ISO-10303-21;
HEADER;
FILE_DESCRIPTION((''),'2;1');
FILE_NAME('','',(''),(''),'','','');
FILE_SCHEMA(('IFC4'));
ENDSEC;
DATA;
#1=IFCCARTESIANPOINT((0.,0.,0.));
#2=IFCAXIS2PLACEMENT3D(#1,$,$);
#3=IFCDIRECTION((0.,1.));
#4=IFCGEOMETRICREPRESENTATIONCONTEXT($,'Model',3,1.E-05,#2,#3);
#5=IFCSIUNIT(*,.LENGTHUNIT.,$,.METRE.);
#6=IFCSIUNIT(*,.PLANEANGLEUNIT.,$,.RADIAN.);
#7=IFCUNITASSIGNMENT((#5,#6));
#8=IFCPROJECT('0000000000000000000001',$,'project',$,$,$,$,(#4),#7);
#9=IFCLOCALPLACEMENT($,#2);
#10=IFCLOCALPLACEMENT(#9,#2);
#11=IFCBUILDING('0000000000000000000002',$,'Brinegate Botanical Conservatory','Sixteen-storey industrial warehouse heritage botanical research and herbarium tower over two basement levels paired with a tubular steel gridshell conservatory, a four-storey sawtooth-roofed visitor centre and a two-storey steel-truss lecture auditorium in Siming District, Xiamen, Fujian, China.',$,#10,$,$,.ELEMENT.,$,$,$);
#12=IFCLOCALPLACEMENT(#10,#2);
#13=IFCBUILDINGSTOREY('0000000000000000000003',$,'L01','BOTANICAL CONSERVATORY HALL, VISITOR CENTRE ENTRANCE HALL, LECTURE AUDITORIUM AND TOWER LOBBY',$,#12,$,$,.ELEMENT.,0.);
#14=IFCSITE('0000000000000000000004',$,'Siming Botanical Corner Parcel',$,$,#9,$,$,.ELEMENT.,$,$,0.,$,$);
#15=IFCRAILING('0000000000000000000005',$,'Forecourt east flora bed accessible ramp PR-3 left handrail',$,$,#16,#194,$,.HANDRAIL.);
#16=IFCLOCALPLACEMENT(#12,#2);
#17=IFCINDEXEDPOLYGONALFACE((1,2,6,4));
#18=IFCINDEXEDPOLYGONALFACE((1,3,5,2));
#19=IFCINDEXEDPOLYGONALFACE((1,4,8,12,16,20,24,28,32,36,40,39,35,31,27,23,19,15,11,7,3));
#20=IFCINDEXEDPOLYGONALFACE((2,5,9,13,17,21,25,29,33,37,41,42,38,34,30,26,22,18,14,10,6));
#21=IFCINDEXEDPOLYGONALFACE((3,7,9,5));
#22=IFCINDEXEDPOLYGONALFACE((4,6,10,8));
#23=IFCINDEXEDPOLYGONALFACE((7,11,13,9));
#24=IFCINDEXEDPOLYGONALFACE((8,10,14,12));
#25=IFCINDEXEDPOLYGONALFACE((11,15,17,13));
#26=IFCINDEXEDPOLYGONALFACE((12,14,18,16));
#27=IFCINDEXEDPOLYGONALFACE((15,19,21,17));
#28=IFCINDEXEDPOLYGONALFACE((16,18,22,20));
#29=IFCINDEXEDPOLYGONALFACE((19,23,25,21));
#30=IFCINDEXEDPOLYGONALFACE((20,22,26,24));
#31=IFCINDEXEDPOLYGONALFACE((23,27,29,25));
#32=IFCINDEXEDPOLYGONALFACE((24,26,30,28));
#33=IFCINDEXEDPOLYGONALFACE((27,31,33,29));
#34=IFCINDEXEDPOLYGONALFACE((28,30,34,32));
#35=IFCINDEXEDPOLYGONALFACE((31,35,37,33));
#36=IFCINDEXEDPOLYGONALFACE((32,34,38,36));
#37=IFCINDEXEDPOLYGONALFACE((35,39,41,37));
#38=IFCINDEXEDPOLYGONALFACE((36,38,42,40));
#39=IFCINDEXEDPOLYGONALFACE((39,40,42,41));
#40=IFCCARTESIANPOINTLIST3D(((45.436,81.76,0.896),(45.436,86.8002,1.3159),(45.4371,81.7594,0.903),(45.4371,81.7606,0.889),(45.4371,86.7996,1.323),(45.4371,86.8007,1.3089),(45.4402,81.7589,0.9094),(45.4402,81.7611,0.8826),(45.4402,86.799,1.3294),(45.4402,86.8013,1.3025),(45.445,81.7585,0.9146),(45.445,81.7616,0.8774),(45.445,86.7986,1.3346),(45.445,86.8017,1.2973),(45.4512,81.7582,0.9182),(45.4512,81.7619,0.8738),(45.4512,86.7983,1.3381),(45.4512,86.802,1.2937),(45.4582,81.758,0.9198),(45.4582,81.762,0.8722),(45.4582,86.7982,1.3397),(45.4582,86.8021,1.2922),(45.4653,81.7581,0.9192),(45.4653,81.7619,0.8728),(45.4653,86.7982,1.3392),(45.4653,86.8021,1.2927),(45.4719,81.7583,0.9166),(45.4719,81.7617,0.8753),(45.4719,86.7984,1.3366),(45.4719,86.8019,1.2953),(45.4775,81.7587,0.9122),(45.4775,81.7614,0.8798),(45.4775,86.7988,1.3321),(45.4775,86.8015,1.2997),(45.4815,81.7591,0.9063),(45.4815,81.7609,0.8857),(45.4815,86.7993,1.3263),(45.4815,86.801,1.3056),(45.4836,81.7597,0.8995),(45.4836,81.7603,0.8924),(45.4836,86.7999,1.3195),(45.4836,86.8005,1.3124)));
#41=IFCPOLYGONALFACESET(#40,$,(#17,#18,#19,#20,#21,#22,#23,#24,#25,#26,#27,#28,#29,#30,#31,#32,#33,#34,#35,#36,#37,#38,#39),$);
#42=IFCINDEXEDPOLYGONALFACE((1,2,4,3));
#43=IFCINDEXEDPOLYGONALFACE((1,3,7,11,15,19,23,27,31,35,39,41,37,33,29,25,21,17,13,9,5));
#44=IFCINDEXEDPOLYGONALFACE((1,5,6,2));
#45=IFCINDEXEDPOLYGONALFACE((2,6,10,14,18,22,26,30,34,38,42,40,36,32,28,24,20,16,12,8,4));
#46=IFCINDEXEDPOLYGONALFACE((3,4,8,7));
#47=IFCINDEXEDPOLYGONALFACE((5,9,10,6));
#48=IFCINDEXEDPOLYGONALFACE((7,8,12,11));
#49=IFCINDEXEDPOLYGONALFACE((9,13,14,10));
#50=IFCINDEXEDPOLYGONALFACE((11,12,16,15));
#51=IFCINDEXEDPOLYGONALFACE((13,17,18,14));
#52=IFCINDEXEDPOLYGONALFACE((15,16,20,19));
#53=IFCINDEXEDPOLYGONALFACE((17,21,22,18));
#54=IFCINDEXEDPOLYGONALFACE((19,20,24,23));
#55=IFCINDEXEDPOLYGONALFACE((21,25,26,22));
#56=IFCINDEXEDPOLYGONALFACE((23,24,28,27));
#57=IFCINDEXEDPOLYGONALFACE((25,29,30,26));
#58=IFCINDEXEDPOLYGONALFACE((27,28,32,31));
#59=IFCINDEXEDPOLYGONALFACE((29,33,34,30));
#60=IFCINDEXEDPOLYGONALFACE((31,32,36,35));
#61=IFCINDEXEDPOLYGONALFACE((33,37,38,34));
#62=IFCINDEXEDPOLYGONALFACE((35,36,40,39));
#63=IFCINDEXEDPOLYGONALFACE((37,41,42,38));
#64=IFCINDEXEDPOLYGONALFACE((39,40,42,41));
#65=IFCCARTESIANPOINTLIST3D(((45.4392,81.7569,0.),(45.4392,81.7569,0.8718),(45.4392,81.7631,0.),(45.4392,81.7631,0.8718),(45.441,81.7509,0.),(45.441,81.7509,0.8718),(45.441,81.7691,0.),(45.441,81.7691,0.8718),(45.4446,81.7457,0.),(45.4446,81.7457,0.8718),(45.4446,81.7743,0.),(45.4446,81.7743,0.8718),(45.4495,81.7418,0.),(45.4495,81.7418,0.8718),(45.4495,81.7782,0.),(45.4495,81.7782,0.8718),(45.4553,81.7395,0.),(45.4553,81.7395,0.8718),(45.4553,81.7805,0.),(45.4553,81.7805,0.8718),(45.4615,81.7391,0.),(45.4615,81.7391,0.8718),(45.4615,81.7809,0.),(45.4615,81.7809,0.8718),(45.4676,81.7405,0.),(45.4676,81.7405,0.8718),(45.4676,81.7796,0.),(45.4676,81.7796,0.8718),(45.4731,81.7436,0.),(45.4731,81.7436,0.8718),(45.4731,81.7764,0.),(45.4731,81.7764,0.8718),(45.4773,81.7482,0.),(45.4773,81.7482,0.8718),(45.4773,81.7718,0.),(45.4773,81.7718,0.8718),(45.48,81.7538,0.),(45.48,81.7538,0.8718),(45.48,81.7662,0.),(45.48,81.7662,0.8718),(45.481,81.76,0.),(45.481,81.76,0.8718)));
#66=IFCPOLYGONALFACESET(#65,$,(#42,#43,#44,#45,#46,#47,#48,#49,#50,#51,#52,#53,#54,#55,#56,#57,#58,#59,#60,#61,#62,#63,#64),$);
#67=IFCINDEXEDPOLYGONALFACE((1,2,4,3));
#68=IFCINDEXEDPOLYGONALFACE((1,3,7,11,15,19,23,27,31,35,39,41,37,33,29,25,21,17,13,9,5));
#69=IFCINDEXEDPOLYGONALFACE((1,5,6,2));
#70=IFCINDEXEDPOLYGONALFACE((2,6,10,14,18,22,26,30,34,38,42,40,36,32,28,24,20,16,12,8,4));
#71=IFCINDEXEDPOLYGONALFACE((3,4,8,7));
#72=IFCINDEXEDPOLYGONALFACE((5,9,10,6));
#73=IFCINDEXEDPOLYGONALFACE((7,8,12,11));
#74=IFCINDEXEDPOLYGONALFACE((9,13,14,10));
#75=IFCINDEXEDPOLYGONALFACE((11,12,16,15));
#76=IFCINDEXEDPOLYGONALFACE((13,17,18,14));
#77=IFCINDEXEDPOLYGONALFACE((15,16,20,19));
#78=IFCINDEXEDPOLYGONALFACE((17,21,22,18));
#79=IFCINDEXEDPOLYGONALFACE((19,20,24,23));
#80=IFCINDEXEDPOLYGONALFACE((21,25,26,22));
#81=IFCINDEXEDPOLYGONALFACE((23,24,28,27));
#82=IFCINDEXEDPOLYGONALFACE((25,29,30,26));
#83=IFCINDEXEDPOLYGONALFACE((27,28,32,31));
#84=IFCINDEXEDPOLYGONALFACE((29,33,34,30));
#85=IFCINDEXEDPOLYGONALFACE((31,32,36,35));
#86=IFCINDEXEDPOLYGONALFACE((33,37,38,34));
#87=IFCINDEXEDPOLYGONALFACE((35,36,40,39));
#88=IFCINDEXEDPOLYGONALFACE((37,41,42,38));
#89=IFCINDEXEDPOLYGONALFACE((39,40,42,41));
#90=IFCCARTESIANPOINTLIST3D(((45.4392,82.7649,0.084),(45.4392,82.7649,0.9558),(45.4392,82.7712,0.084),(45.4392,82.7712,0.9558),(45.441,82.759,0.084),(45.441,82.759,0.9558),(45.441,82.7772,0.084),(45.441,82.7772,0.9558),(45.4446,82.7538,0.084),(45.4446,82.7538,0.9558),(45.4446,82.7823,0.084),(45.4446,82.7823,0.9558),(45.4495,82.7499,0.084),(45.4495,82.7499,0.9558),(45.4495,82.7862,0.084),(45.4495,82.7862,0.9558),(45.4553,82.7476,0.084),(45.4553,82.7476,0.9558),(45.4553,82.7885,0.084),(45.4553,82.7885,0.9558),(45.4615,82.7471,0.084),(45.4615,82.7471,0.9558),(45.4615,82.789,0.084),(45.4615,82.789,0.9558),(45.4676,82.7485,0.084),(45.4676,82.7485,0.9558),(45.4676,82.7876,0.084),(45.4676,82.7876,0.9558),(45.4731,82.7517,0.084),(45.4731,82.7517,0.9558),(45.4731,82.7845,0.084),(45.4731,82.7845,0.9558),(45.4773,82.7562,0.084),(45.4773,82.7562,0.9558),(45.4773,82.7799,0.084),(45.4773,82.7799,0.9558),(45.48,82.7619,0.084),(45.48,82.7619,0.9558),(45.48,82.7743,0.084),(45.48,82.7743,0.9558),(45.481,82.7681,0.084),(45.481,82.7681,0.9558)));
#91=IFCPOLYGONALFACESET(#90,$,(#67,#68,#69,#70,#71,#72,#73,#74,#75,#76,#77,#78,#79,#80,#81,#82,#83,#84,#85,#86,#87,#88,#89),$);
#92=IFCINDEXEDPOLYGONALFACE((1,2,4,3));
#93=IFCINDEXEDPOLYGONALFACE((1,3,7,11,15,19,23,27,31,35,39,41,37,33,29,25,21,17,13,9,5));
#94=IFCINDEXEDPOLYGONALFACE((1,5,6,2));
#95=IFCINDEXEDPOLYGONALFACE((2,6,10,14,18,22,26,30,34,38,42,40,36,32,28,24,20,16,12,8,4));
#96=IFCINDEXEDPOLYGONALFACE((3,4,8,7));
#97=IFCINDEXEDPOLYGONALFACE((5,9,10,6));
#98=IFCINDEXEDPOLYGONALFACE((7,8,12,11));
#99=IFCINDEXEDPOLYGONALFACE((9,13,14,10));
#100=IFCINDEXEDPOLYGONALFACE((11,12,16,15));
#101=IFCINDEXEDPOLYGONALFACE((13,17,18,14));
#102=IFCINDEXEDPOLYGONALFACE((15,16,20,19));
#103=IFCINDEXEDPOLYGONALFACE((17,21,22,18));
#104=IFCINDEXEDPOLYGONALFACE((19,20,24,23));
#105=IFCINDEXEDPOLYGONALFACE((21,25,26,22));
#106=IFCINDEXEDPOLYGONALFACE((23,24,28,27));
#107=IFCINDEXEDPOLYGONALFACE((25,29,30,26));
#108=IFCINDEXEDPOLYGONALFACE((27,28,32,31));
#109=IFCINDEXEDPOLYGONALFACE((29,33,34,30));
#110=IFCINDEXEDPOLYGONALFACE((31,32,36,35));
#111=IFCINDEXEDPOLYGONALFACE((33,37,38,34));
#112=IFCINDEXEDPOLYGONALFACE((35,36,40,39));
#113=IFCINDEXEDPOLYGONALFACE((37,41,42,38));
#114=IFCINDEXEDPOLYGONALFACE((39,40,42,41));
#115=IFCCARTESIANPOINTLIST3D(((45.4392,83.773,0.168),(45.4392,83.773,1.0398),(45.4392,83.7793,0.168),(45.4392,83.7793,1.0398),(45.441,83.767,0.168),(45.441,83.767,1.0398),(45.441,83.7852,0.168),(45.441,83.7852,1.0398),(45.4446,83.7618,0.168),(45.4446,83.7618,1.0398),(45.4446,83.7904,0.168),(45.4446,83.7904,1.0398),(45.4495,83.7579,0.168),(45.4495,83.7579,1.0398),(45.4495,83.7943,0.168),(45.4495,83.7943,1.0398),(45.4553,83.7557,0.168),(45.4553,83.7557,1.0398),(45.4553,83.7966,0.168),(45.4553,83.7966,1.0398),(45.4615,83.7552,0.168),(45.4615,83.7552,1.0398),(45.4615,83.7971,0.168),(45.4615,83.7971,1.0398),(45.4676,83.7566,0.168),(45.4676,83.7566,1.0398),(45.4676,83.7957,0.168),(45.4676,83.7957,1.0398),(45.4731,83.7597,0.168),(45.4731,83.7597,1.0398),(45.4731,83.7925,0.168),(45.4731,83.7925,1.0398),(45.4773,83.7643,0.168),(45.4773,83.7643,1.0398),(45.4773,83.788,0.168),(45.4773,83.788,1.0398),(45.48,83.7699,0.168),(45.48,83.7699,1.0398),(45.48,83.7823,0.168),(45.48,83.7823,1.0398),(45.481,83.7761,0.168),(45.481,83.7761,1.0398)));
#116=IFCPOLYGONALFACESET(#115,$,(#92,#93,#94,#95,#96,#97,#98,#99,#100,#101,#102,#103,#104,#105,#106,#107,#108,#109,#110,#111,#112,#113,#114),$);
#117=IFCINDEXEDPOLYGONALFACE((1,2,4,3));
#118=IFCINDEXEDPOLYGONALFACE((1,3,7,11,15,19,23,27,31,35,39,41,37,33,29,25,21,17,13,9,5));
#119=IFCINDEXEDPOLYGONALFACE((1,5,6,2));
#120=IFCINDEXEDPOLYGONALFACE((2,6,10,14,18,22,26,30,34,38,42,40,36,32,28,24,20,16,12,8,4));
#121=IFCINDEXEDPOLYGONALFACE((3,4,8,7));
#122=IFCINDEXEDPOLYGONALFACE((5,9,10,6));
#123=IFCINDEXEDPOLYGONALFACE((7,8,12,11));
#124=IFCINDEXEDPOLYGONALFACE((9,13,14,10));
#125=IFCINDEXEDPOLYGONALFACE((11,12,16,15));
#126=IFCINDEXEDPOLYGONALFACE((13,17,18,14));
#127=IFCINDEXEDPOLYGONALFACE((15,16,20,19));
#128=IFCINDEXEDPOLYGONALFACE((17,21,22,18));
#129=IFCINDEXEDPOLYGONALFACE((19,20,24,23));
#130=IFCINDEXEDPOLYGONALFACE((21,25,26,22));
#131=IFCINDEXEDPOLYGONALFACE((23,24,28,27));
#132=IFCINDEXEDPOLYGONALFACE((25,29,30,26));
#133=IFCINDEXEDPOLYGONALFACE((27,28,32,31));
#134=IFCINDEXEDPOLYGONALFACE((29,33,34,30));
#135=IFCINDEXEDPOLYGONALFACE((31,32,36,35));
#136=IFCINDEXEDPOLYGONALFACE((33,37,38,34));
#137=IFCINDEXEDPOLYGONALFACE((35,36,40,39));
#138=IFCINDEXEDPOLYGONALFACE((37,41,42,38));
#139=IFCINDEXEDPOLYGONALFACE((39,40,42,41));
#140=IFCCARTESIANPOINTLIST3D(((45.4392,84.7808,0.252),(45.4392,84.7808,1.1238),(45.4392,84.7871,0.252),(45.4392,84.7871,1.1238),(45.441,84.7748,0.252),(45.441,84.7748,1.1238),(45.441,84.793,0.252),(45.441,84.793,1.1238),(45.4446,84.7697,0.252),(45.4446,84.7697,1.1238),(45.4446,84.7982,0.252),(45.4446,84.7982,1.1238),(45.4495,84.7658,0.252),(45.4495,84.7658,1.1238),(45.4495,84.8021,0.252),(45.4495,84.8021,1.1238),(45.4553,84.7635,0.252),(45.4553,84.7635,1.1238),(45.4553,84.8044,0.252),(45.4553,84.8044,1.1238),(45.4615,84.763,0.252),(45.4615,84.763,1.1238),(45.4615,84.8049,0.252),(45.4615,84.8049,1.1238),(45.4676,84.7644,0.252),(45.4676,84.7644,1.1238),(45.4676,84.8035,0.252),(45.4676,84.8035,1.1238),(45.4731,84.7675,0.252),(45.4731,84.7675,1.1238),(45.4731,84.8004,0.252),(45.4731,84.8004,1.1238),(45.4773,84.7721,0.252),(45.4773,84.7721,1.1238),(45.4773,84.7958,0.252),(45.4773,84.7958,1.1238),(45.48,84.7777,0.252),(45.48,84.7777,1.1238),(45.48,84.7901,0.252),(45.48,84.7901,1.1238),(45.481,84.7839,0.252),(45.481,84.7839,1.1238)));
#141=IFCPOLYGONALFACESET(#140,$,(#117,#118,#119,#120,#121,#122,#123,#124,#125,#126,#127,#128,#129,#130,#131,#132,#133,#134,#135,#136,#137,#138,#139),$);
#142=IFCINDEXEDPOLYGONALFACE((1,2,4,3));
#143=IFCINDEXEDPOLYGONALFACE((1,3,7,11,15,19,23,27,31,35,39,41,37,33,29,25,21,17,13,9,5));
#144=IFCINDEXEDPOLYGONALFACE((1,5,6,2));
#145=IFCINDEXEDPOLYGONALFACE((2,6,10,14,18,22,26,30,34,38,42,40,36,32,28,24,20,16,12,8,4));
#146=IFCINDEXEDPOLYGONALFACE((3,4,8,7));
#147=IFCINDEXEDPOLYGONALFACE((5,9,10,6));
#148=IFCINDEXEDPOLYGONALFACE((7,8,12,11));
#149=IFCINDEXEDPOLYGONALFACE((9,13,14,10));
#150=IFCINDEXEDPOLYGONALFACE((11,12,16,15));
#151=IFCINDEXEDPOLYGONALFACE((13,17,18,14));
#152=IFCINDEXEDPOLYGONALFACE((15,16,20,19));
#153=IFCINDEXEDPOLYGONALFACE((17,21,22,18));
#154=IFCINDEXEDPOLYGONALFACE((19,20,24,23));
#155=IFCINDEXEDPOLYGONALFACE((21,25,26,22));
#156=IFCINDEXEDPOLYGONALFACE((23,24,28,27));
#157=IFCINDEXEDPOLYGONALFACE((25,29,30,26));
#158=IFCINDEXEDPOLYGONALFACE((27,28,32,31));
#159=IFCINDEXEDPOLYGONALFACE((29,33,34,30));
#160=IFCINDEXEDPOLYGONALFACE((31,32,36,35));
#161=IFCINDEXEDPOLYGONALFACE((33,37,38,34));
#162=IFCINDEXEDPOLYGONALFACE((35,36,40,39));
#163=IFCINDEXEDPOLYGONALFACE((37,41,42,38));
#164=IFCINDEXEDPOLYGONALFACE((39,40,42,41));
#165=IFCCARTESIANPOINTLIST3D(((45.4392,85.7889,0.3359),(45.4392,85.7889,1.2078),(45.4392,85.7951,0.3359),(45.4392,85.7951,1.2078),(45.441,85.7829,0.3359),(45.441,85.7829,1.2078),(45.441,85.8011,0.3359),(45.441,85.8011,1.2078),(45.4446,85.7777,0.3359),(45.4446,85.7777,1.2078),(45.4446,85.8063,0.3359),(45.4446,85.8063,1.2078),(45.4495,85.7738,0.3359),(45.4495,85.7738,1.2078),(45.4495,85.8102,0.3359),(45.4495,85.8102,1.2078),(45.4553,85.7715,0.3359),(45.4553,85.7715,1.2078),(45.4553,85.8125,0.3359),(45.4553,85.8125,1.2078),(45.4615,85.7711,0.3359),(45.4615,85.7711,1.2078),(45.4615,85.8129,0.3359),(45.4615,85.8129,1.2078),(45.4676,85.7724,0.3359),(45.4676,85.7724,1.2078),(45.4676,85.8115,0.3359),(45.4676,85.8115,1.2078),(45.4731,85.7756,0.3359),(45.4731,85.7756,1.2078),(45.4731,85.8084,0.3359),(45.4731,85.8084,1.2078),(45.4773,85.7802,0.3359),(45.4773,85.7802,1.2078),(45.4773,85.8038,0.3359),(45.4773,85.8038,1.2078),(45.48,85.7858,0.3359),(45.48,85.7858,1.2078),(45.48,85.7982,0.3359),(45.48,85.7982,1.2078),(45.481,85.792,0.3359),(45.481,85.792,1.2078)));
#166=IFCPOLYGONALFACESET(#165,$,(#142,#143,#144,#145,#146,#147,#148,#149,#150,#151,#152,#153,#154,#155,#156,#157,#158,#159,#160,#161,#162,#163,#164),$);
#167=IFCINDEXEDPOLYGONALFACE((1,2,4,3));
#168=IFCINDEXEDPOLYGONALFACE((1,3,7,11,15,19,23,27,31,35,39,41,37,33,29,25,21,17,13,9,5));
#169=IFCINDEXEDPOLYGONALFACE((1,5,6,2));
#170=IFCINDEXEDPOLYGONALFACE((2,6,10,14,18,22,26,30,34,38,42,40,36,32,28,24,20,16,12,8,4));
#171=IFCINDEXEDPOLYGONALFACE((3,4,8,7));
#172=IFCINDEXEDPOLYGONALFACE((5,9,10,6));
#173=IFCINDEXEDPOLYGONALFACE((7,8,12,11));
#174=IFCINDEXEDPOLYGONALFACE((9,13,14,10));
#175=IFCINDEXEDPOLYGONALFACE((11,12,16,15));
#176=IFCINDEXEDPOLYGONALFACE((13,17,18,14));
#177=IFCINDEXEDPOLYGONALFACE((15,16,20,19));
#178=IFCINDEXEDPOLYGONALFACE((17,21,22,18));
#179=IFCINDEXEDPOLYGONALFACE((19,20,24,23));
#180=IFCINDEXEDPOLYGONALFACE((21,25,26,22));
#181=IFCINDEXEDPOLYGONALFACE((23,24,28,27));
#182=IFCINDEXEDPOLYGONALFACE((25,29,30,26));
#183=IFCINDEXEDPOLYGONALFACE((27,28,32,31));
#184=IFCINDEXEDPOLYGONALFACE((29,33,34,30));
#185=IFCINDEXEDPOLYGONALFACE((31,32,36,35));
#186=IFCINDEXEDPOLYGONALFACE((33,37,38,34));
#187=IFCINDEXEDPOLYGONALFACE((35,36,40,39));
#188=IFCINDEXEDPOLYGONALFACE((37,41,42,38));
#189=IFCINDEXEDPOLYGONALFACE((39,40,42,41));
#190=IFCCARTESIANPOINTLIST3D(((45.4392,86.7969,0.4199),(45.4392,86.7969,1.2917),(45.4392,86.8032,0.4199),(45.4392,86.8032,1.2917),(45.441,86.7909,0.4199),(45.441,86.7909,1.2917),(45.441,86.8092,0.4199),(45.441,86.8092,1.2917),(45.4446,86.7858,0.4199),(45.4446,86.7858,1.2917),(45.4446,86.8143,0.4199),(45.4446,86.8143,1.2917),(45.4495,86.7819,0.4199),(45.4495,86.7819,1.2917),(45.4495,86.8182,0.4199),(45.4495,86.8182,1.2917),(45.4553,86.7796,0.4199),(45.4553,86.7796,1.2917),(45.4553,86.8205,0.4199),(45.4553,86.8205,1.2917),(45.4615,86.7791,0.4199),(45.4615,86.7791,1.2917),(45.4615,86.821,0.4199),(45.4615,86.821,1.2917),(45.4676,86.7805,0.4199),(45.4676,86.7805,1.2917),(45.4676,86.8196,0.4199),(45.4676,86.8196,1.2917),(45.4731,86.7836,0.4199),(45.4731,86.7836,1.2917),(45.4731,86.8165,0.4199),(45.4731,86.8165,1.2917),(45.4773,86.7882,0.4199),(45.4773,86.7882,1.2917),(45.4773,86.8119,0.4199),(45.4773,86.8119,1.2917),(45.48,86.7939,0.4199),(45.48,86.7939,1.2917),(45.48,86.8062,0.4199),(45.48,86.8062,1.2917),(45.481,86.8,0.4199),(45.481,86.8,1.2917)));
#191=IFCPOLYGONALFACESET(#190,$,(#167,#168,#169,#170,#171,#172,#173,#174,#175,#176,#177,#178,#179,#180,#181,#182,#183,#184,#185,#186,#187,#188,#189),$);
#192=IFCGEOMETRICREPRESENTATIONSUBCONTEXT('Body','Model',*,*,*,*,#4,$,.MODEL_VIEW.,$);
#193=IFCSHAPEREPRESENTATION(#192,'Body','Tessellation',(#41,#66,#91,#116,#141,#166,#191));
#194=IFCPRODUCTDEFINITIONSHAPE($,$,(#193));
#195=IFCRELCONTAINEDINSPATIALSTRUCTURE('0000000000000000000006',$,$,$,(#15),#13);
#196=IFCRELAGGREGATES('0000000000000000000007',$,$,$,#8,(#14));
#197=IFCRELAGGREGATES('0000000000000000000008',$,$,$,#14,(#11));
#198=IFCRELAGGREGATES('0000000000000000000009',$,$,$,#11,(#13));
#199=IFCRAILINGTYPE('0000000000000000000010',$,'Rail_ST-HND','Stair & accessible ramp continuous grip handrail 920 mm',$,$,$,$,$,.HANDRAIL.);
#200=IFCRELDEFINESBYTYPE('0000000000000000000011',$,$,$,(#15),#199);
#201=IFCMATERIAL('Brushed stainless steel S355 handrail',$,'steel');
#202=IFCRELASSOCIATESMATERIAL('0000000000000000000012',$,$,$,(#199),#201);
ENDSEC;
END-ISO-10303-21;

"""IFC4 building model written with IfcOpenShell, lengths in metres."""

from ifc_helpers import new_model, si_unit, direction, frame, origin, origin_2d, place, context, subcontext, project, spatial, circle, extrude, material, type_object, element, save


model = new_model("IFC4")

# Units and contexts
model_context = context("Model", 3, precision=1e-05, world=origin(), true_north=direction((0.0, 1.0)))
body_context = subcontext(model_context, "Body", "Model", "MODEL_VIEW")
ifc_project = project(units=[si_unit("LENGTHUNIT", "METRE"), si_unit("PLANEANGLEUNIT", "RADIAN")], contexts=[model_context])

# Site, building, storey
site_placement = place(None, origin())
site = spatial("IfcSite", under=ifc_project, at=site_placement, Name="Siming Botanical Corner Parcel", CompositionType="ELEMENT", RefElevation=0.0)
building_placement = place(site_placement, origin())
building = spatial("IfcBuilding", under=site, at=building_placement, Name="Brinegate Botanical Conservatory", Description="Sixteen-storey industrial warehouse heritage botanical research and herbarium tower over two basement levels paired with a tubular steel gridshell conservatory, a four-storey sawtooth-roofed visitor centre and a two-storey steel-truss lecture auditorium in Siming District, Xiamen, Fujian, China.", CompositionType="ELEMENT")
storey_placement = place(building_placement, origin())
storey = spatial("IfcBuildingStorey", under=building, at=storey_placement, Name="L01", Description="BOTANICAL CONSERVATORY HALL, VISITOR CENTRE ENTRANCE HALL, LECTURE AUDITORIUM AND TOWER LOBBY", CompositionType="ELEMENT", Elevation=0.0)

# Railing
ifc_material_1 = material(Name="Brushed stainless steel S355 handrail", Category="steel")
railing_type = type_object("IfcRailingType", Name="Rail_ST-HND", Description="Stair & accessible ramp continuous grip handrail 920 mm", PredefinedType="HANDRAIL", material=ifc_material_1)
for number, where, name in (
    (1, (45.46, 81.76, 0.0), "Forecourt east flora bed accessible ramp PR-3 left handrail"),
):
    element("IfcRailing", number, at=place(storey_placement, frame(where)), inside=storey, type_object=railing_type, Name=name, PredefinedType="HANDRAIL", context=body_context, shape_type="SweptSolid", body=[
        extrude(circle(Radius=0.0239, at=origin_2d()), frame((0.0, 0.0, 0.896), z_axis=(0.0, 0.996547, 0.083029), x_axis=(-1.0, 0.0, 0.0)), (0.0, 0.0, 1.0), 5.0576),
        extrude(circle(Radius=0.021, at=origin_2d()), origin(), (0.0, 0.0, 1.0), 0.8718),
        extrude(circle(Radius=0.021, at=origin_2d()), frame((0.0, 1.0081, 0.084)), (0.0, 0.0, 1.0), 0.8718),
        extrude(circle(Radius=0.021, at=origin_2d()), frame((0.0, 2.0161, 0.168)), (0.0, 0.0, 1.0), 0.8718),
        extrude(circle(Radius=0.021, at=origin_2d()), frame((0.0, 3.0239, 0.252)), (0.0, 0.0, 1.0), 0.8718),
        extrude(circle(Radius=0.021, at=origin_2d()), frame((0.0, 4.032, 0.3359)), (0.0, 0.0, 1.0), 0.8718),
        extrude(circle(Radius=0.021, at=origin_2d()), frame((0.0, 5.04, 0.4199)), (0.0, 0.0, 1.0), 0.8718),
    ])

save(model, "model.ifc")
